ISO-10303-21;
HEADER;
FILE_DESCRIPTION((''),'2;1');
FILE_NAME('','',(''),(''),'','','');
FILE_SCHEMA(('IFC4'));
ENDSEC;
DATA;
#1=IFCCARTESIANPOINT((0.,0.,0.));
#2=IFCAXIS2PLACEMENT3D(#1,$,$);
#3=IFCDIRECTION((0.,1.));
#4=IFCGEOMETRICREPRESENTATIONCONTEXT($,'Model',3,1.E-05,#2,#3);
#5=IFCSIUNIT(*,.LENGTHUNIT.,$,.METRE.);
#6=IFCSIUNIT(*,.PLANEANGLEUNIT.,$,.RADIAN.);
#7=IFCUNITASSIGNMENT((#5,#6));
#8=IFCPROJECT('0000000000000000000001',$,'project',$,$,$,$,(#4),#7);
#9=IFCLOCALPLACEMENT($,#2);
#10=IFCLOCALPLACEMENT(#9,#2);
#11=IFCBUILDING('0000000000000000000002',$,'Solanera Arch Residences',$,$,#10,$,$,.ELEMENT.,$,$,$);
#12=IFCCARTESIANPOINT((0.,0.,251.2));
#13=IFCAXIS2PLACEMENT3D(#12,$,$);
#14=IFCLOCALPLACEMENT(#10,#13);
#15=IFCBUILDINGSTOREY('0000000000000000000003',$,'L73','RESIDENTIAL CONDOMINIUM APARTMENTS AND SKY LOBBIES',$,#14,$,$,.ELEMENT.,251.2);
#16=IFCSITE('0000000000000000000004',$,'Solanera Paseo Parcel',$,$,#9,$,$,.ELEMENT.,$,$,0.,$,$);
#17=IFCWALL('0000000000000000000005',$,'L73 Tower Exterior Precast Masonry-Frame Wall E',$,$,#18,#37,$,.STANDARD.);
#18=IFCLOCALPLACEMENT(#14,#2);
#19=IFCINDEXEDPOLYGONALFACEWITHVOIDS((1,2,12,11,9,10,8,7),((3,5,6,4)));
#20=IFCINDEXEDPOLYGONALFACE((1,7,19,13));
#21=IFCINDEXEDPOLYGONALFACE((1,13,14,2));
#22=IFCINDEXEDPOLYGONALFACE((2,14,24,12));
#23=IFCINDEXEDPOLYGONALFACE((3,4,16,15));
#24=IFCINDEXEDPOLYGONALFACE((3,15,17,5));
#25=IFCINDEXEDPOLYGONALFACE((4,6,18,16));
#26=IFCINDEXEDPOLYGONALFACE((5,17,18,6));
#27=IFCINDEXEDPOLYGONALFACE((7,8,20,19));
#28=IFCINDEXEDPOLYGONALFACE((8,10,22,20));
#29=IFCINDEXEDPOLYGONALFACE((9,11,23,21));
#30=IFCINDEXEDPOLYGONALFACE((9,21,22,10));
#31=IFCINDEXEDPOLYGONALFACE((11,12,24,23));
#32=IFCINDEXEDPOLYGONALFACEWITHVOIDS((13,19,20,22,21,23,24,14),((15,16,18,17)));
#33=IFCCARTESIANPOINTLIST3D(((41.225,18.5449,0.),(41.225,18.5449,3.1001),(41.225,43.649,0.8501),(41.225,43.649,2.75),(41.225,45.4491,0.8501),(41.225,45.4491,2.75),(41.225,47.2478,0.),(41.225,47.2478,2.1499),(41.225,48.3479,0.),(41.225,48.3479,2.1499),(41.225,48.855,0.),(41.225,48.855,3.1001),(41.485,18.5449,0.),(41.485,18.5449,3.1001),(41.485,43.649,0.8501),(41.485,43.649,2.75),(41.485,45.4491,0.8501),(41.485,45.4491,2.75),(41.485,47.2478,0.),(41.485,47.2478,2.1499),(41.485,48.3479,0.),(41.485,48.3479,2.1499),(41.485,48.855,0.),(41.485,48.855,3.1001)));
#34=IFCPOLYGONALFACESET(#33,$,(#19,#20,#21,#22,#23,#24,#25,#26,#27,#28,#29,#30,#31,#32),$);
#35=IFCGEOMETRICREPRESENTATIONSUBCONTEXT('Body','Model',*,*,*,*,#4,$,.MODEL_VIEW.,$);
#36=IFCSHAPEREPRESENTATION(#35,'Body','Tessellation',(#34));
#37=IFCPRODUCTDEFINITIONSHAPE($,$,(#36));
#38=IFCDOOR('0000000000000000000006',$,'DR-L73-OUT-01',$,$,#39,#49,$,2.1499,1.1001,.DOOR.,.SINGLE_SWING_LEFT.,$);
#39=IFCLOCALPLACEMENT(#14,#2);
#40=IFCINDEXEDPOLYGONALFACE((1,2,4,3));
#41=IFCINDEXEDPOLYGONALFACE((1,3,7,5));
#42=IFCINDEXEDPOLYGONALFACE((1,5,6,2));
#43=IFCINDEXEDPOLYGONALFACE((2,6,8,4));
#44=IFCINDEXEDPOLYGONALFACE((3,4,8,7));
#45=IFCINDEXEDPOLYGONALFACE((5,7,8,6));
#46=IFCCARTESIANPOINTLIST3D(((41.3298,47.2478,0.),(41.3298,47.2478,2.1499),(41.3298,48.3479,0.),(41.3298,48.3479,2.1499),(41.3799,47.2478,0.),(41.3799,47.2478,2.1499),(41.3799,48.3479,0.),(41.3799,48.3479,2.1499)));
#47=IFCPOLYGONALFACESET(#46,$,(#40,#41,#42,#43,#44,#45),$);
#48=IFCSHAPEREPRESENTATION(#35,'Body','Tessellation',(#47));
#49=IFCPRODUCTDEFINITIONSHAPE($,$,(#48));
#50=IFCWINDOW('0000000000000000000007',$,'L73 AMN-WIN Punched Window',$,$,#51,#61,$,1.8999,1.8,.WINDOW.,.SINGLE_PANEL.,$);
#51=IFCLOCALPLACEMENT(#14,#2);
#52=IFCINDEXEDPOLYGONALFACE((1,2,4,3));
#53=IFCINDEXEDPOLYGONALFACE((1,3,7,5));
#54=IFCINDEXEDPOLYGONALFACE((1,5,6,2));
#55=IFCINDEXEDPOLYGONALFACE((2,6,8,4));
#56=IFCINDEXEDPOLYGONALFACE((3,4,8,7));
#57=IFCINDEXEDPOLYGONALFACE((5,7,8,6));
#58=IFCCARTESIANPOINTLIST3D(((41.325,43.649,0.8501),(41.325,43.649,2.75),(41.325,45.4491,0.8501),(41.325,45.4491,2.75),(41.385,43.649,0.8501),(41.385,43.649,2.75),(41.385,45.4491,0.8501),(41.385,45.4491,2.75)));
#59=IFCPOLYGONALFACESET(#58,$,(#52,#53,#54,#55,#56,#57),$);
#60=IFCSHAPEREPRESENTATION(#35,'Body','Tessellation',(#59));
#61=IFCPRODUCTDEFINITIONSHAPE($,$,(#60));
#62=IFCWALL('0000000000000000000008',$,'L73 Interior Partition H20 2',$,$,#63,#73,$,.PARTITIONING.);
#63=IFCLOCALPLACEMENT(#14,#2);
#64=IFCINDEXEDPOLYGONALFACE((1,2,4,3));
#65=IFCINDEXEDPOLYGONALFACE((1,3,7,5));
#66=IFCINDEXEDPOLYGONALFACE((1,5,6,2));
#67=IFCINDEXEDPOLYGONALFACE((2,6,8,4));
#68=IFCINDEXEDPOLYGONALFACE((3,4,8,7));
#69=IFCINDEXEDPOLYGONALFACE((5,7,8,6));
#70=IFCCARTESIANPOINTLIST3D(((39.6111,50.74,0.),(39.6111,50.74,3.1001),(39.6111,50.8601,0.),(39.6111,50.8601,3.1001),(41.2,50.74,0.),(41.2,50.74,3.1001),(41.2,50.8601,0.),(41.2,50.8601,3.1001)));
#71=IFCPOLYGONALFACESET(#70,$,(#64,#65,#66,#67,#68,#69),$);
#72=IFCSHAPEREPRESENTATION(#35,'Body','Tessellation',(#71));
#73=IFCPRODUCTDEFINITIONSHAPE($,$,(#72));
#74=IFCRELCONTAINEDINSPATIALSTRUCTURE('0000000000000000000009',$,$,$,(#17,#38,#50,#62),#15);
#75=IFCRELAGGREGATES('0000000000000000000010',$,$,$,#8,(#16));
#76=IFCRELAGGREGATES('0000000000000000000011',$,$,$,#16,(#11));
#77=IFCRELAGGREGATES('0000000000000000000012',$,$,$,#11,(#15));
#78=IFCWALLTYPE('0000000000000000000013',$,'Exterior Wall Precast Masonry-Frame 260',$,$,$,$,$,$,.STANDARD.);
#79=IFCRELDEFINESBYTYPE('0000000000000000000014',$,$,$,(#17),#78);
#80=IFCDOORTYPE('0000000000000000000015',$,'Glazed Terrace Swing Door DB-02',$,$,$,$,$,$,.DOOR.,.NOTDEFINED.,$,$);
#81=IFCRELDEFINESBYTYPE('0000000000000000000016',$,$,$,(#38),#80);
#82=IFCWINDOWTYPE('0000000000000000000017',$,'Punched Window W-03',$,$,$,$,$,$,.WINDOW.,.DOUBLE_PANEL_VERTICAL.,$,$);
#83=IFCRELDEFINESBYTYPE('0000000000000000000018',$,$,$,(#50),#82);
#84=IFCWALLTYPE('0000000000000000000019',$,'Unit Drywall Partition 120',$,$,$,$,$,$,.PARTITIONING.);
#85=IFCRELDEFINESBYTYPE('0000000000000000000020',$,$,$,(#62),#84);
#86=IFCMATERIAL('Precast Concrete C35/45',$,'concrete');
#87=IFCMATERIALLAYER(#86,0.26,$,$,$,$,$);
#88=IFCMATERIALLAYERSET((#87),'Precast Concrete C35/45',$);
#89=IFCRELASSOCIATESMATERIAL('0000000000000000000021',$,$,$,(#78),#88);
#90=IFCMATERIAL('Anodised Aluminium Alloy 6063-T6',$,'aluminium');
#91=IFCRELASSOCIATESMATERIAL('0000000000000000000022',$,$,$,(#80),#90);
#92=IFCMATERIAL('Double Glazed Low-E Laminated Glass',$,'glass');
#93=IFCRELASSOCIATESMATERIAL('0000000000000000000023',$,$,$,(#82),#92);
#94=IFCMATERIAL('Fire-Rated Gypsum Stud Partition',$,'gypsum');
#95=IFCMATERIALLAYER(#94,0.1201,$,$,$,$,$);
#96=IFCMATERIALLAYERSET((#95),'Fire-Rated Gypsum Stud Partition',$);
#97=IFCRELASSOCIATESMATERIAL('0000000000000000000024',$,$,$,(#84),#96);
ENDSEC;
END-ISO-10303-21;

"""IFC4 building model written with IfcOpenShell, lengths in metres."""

from ifc_helpers import new_model, si_unit, direction, frame, frame_2d, origin, place, context, subcontext, project, spatial, rectangle, extrude, material, layer, layer_set, type_object, element, fill, save


model = new_model("IFC4")

# Units and contexts
model_context = context("Model", 3, precision=1e-05, world=origin(), true_north=direction((0.0, 1.0)))
body_context = subcontext(model_context, "Body", "Model", "MODEL_VIEW")
ifc_project = project(units=[si_unit("LENGTHUNIT", "METRE"), si_unit("PLANEANGLEUNIT", "RADIAN")], contexts=[model_context])

# Site, building, storey
site_placement = place(None, origin())
site = spatial("IfcSite", under=ifc_project, at=site_placement, Name="Solanera Paseo Parcel", CompositionType="ELEMENT", RefElevation=0.0)
building_placement = place(site_placement, origin())
building = spatial("IfcBuilding", under=site, at=building_placement, Name="Solanera Arch Residences", CompositionType="ELEMENT")
storey_placement = place(building_placement, frame((0.0, 0.0, 251.2)))
storey = spatial("IfcBuildingStorey", under=building, at=storey_placement, Name="L73", Description="RESIDENTIAL CONDOMINIUM APARTMENTS AND SKY LOBBIES", CompositionType="ELEMENT", Elevation=251.2)

# Shared definitions
ifc_material_1 = material(Name="Precast Concrete C35/45", Category="concrete")
ifc_layer_1 = layer(ifc_material_1, 0.26)
ifc_layer_set_1 = layer_set([ifc_layer_1], Name="Precast Concrete C35/45")
wall_type_1 = type_object("IfcWallType", Name="Exterior Wall Precast Masonry-Frame 260", PredefinedType="STANDARD", material=ifc_layer_set_1)

# Wall, openings, door, window
wall_1_placement = place(storey_placement, frame((41.355, 48.855, 0.0), z_axis=(0.0, 0.0, 1.0), x_axis=(0.0, -1.0, 0.0)))
wall_1 = element("IfcWall", 1, at=wall_1_placement, inside=storey, type_object=wall_type_1, Name="L73 Tower Exterior Precast Masonry-Frame Wall E", PredefinedType="STANDARD", context=body_context, shape_type="SweptSolid", body=[
    extrude(rectangle(XDim=30.3101, YDim=0.26, at=frame_2d((15.155, 0.0))), origin(), (0.0, 0.0, 1.0), 3.1001),
])
opening_1_placement = place(wall_1_placement, frame((0.5071, 0.0, 0.0)))
opening_1 = element("IfcOpeningElement", 2, at=opening_1_placement, cuts=wall_1, PredefinedType="OPENING", context=body_context, shape_type="SweptSolid", body=[
    extrude(rectangle(XDim=1.1001, YDim=2.1499, at=frame_2d((0.55, 1.075))), frame((0.0, 0.1399, 0.0), z_axis=(0.0, -1.0, 0.0), x_axis=(1.0, 0.0, 0.0)), (0.0, 0.0, 1.0), 0.28),
])
opening_2_placement = place(wall_1_placement, frame((3.406, 0.0, 0.8501)))
opening_2 = element("IfcOpeningElement", 3, at=opening_2_placement, cuts=wall_1, PredefinedType="OPENING", context=body_context, shape_type="SweptSolid", body=[
    extrude(rectangle(XDim=1.8, YDim=1.8999, at=frame_2d((0.8999, 0.95))), frame((0.0, 0.1399, 0.0), z_axis=(0.0, -1.0, 0.0), x_axis=(1.0, 0.0, 0.0)), (0.0, 0.0, 1.0), 0.28),
])
ifc_material_2 = material(Name="Anodised Aluminium Alloy 6063-T6", Category="aluminium")
door_type = type_object("IfcDoorType", Name="Glazed Terrace Swing Door DB-02", OperationType="NOTDEFINED", PredefinedType="DOOR", material=ifc_material_2)
door_placement = place(opening_1_placement, origin())
door = element("IfcDoor", 4, at=door_placement, inside=storey, type_object=door_type, Name="DR-L73-OUT-01", OperationType="SINGLE_SWING_LEFT", OverallHeight=2.1499, OverallWidth=1.1001, PredefinedType="DOOR", context=body_context, shape_type="SweptSolid", body=[
    extrude(rectangle(XDim=1.1001, YDim=2.1499, at=frame_2d((0.55, 1.075))), frame((0.0, 0.0249, 0.0), z_axis=(0.0, -1.0, 0.0), x_axis=(1.0, 0.0, 0.0)), (0.0, 0.0, 1.0), 0.05),
])
fill(opening_1, door)
ifc_material_3 = material(Name="Double Glazed Low-E Laminated Glass", Category="glass")
window_type = type_object("IfcWindowType", Name="Punched Window W-03", PartitioningType="DOUBLE_PANEL_VERTICAL", PredefinedType="WINDOW", material=ifc_material_3)
window_placement = place(opening_2_placement, origin())
window = element("IfcWindow", 5, at=window_placement, inside=storey, type_object=window_type, Name="L73 AMN-WIN Punched Window", OverallHeight=1.8999, OverallWidth=1.8, PartitioningType="SINGLE_PANEL", PredefinedType="WINDOW", context=body_context, shape_type="SweptSolid", body=[
    extrude(rectangle(XDim=1.8, YDim=1.8999, at=frame_2d((0.8999, 0.95))), frame((0.0, 0.03, 0.0), z_axis=(0.0, -1.0, 0.0), x_axis=(1.0, 0.0, 0.0)), (0.0, 0.0, 1.0), 0.0601),
])
fill(opening_2, window)

# Wall
ifc_material_4 = material(Name="Fire-Rated Gypsum Stud Partition", Category="gypsum")
ifc_layer_2 = layer(ifc_material_4, 0.1201)
ifc_layer_set_2 = layer_set([ifc_layer_2], Name="Fire-Rated Gypsum Stud Partition")
wall_type_2 = type_object("IfcWallType", Name="Unit Drywall Partition 120", PredefinedType="PARTITIONING", material=ifc_layer_set_2)
wall_2_placement = place(storey_placement, frame((39.6111, 50.8, 0.0), z_axis=(0.0, 0.0, 1.0), x_axis=(1.0, 0.0, 0.0)))
element("IfcWall", 6, at=wall_2_placement, inside=storey, type_object=wall_type_2, Name="L73 Interior Partition H20 2", PredefinedType="PARTITIONING", context=body_context, shape_type="SweptSolid", body=[
    extrude(rectangle(XDim=1.5889, YDim=0.1201, at=frame_2d((0.7944, 0.0))), origin(), (0.0, 0.0, 1.0), 3.1001),
])

save(model, "model.ifc")
